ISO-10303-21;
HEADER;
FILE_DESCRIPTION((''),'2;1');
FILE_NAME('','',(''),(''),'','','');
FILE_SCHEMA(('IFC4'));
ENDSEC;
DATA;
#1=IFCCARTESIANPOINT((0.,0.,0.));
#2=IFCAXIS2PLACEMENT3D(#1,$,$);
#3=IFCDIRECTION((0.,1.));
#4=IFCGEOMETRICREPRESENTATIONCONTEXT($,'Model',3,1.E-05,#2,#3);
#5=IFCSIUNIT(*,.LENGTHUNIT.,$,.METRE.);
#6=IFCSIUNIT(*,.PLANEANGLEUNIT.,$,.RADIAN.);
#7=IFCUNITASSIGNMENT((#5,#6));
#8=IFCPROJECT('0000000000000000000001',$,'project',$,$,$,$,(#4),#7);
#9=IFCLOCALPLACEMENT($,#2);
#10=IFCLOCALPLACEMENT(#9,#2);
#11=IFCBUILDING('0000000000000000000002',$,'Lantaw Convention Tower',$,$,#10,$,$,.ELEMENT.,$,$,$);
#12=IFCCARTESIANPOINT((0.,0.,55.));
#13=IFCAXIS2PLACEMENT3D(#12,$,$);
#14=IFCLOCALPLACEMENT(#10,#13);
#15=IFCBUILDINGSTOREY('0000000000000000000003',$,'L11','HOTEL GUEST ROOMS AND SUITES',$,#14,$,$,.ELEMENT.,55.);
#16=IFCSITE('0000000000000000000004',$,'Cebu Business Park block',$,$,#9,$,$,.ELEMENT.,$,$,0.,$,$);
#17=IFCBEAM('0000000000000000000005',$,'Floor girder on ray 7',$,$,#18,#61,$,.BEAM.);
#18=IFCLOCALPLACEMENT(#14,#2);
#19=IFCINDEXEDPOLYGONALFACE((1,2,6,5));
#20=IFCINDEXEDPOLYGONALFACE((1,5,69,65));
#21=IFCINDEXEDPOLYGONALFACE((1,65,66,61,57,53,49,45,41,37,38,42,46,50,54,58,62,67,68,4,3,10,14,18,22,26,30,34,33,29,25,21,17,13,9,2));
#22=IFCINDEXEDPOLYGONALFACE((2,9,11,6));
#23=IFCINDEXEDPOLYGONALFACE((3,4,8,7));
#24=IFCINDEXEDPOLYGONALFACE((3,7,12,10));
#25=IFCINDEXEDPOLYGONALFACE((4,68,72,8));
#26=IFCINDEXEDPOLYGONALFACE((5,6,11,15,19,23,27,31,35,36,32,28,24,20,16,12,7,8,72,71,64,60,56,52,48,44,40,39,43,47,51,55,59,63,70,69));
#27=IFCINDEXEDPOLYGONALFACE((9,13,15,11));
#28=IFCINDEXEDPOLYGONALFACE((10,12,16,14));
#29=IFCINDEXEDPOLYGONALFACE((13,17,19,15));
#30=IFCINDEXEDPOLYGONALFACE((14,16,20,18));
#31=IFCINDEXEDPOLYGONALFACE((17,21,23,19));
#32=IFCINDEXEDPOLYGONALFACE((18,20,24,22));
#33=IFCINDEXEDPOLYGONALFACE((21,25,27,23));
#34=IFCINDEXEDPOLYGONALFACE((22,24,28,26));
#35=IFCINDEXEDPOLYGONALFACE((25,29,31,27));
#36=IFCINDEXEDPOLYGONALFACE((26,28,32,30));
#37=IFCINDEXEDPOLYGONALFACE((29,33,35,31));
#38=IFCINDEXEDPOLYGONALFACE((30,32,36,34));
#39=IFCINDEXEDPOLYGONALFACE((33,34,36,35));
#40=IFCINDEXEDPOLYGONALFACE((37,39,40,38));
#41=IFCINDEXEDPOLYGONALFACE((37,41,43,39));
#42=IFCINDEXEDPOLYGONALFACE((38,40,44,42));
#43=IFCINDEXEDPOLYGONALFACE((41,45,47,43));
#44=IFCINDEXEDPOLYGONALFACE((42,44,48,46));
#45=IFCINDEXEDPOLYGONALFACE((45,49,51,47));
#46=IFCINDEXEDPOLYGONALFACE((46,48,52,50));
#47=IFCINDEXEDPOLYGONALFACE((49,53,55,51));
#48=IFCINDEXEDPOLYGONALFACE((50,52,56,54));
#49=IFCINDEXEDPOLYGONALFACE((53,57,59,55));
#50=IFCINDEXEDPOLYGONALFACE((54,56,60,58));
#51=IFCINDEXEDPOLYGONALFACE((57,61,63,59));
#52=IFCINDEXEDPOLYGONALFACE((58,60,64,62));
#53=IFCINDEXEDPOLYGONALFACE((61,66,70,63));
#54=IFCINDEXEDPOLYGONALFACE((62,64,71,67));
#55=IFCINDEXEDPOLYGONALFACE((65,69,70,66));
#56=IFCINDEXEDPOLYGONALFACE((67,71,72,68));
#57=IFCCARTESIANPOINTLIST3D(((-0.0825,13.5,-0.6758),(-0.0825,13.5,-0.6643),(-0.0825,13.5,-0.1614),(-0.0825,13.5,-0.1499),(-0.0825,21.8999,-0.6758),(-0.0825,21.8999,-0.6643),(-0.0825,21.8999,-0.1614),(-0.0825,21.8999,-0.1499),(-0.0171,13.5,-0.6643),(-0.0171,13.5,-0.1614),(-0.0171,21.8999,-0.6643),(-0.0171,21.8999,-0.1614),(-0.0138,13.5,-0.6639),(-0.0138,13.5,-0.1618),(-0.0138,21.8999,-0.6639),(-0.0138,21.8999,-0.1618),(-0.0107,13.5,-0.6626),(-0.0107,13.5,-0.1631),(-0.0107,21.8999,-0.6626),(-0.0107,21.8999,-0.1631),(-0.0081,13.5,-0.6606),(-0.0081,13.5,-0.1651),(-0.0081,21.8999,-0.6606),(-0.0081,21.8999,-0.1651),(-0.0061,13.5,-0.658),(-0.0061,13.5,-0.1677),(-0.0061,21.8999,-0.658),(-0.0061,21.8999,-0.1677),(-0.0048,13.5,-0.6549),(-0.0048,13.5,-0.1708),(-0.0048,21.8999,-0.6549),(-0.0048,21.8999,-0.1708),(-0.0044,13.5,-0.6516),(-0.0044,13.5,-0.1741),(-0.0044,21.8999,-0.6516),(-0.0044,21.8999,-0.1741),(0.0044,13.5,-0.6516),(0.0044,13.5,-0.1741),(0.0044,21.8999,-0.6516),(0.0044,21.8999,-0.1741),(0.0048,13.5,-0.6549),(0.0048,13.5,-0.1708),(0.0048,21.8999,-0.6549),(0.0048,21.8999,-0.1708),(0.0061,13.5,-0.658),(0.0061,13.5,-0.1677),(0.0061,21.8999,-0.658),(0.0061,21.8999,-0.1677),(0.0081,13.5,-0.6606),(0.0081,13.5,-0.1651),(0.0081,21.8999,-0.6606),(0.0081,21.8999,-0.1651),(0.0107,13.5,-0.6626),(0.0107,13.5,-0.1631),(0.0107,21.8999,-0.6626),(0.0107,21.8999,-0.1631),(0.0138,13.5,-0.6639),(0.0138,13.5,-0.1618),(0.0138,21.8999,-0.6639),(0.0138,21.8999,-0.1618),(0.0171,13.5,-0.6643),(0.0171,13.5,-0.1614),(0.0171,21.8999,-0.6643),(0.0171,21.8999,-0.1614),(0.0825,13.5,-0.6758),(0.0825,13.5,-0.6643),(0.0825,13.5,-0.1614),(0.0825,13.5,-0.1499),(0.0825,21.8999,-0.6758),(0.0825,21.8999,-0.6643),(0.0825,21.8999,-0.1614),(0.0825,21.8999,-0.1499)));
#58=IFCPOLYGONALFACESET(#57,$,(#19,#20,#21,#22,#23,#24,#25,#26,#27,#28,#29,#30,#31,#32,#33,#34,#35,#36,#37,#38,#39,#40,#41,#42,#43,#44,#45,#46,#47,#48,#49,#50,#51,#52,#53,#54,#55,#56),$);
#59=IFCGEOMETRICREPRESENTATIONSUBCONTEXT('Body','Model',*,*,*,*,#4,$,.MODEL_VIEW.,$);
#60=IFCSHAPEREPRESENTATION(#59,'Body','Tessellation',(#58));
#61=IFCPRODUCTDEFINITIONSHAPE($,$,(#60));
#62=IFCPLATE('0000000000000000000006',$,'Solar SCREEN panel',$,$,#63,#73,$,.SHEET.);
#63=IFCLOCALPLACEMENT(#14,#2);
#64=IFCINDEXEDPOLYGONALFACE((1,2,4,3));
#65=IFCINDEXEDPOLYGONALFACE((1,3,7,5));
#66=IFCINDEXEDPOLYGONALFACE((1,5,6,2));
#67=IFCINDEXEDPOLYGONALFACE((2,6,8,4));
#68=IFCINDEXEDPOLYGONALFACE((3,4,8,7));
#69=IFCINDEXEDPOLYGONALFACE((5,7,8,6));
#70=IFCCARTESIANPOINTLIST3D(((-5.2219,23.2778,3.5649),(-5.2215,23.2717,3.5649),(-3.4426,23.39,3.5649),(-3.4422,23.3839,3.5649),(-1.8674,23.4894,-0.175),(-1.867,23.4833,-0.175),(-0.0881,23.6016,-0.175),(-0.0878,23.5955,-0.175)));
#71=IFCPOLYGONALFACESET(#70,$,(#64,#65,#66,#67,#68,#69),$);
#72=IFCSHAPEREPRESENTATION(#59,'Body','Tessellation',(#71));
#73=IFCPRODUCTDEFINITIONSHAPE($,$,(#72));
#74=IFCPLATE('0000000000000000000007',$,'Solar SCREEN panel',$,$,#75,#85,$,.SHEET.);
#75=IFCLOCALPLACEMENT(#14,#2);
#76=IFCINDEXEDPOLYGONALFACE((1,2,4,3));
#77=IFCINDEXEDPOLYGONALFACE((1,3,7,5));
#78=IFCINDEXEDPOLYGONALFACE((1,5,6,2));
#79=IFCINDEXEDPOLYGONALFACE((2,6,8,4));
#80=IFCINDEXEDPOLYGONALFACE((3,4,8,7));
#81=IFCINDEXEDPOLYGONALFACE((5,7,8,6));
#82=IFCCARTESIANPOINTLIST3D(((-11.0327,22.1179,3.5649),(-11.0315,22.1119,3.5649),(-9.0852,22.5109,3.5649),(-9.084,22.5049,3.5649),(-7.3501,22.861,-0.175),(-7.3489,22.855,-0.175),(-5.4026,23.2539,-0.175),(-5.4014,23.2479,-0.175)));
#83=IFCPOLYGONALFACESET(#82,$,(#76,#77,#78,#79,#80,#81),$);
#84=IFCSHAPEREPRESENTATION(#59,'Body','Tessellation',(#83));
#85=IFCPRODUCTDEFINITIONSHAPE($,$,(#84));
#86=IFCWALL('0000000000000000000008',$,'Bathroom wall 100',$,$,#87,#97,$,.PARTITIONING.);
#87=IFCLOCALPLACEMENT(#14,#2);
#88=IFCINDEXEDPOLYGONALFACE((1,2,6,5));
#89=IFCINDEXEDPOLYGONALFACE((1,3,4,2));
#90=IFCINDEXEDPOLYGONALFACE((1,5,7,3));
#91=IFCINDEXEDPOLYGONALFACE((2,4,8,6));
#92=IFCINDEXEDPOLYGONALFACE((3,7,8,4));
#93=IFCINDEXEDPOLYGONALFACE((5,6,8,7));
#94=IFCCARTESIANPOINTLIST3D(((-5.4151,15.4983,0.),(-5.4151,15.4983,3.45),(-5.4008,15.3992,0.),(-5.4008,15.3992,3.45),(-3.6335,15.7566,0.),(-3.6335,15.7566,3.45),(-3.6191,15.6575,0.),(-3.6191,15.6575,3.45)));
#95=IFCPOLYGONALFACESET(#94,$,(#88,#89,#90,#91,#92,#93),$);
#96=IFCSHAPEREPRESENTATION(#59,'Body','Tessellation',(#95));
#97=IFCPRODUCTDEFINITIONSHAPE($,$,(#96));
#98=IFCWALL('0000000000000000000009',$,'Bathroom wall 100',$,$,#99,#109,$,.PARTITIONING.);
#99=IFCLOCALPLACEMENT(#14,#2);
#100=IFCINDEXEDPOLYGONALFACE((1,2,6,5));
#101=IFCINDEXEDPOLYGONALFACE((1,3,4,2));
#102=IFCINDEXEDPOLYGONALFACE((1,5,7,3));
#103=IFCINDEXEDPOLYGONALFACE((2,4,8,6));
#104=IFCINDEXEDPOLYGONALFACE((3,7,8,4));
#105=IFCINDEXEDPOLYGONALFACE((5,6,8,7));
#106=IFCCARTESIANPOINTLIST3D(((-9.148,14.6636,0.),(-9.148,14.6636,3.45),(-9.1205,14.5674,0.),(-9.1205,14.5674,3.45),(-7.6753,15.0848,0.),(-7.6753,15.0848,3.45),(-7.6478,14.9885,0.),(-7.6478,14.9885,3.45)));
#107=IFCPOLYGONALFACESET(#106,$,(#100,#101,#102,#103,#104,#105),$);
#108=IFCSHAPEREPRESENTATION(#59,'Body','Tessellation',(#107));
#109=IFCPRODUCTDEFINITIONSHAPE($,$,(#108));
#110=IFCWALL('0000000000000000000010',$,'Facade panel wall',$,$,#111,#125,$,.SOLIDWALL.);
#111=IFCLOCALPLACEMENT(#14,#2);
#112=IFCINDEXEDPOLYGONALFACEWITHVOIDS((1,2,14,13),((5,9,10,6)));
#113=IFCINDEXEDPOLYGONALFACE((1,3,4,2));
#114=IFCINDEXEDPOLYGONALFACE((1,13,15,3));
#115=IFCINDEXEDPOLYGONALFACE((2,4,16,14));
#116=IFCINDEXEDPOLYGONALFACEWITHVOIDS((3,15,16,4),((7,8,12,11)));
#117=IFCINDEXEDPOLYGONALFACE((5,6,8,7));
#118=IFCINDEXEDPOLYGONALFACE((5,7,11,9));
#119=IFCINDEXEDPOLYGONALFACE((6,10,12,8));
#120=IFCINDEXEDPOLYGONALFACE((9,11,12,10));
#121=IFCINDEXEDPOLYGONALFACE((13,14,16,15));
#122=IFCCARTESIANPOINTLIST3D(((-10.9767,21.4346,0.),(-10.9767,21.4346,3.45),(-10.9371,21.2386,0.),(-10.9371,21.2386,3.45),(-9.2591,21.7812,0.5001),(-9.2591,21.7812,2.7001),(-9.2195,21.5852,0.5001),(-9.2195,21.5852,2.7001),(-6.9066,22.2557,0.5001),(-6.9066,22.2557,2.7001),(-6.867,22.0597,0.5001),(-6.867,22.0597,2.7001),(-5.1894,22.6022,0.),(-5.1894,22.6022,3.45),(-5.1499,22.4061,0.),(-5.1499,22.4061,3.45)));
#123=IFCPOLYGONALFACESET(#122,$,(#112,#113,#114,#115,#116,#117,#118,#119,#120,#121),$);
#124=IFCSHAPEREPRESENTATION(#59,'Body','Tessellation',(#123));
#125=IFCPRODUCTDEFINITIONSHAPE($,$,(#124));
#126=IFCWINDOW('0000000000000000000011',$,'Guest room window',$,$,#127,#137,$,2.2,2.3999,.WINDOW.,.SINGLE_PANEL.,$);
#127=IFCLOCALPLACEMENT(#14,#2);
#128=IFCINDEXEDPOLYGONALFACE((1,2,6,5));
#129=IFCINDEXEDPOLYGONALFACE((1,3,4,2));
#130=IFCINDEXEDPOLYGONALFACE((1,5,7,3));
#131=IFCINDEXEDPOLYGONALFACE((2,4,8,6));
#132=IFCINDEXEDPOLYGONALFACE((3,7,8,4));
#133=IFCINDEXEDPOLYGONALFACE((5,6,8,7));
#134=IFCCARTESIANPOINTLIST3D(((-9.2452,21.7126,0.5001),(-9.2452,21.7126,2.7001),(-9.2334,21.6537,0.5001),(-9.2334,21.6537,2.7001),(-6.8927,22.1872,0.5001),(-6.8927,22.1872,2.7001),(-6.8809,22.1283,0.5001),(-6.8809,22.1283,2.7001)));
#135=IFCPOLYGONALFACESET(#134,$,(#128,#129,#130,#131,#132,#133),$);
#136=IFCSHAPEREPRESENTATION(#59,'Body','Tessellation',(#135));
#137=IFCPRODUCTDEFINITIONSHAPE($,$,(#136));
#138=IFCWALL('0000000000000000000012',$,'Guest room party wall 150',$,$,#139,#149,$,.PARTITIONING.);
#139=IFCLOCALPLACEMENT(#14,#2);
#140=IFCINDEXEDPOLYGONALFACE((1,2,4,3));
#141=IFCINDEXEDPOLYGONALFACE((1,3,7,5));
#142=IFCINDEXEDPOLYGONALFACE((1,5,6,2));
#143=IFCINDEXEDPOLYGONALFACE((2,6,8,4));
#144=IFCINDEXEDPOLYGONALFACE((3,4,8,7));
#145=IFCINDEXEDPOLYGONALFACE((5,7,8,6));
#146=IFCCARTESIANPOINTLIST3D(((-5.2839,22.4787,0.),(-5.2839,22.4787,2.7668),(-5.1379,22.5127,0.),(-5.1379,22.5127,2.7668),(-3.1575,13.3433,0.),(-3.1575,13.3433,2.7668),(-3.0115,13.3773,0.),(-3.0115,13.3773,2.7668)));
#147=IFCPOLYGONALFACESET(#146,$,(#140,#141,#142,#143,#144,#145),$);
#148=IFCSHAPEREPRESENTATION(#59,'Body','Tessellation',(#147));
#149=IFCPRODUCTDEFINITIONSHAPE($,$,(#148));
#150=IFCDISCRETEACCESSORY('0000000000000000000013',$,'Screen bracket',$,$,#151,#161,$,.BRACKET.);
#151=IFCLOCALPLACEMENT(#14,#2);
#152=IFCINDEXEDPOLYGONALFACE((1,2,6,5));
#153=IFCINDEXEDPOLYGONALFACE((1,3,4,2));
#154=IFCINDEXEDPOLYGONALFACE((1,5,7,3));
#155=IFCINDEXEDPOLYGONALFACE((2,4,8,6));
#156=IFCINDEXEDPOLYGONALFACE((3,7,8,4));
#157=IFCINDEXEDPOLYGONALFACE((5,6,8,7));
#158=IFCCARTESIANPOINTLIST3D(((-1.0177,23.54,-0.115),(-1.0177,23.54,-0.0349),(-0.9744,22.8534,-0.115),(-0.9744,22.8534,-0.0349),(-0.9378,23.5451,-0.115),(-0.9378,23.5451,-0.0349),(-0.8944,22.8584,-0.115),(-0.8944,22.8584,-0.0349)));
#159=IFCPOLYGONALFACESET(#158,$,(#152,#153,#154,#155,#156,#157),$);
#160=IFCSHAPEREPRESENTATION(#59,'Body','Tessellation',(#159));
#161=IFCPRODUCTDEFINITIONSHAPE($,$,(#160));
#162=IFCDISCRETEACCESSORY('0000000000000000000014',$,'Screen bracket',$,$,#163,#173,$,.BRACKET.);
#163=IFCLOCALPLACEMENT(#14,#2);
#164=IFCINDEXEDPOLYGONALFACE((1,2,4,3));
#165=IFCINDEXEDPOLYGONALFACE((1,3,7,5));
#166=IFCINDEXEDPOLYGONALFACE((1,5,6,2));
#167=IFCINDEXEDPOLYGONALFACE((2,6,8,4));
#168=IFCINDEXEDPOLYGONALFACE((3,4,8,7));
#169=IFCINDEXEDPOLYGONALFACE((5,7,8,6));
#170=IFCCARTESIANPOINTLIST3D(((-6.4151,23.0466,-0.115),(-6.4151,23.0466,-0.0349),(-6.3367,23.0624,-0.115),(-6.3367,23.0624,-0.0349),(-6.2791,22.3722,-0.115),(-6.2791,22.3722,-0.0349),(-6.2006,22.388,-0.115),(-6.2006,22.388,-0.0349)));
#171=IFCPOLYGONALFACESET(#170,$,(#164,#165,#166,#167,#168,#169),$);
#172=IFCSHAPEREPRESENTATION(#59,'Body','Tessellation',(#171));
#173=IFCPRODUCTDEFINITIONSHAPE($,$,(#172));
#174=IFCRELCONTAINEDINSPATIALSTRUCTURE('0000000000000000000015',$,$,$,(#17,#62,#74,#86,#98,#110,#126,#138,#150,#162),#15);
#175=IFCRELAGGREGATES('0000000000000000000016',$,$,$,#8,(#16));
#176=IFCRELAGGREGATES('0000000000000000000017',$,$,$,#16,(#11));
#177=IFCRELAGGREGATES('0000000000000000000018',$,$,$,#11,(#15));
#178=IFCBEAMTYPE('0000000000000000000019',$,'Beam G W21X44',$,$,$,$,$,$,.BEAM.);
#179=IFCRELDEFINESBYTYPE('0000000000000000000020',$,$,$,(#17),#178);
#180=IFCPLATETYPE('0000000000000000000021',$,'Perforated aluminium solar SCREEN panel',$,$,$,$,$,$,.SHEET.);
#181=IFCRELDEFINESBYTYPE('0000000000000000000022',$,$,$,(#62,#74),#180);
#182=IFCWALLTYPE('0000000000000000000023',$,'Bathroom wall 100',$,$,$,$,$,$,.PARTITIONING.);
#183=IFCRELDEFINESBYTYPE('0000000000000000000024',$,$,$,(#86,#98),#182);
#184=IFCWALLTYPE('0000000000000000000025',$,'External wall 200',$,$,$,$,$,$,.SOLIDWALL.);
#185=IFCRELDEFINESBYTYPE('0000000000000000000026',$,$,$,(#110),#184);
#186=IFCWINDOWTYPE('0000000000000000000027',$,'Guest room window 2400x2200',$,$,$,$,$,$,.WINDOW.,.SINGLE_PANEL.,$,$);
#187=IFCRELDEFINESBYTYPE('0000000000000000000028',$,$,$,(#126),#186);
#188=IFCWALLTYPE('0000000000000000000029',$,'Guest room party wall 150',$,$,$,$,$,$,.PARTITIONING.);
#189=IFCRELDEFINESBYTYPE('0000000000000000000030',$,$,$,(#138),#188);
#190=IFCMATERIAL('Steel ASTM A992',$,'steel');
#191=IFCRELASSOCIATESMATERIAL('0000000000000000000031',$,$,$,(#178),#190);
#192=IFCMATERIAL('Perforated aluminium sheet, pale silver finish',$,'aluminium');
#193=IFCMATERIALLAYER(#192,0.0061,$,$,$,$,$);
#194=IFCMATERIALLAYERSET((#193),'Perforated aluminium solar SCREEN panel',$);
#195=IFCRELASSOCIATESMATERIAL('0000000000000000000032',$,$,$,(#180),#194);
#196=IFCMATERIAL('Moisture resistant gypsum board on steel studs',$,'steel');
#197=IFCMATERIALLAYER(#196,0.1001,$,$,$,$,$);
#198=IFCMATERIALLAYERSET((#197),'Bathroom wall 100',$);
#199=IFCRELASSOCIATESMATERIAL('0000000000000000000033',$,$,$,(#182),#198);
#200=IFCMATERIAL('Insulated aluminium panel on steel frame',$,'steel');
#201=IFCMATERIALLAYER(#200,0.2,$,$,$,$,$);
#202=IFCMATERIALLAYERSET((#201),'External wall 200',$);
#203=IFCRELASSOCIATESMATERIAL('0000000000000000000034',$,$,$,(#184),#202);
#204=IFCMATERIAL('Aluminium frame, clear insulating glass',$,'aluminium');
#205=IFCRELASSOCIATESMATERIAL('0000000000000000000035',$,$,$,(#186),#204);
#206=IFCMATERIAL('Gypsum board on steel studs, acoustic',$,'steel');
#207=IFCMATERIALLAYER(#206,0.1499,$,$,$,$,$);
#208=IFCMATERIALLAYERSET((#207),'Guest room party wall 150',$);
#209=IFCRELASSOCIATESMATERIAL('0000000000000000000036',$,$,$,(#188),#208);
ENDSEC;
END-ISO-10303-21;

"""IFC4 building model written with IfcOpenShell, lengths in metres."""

from ifc_helpers import new_model, si_unit, direction, frame, frame_2d, origin, origin_2d, place, context, subcontext, project, spatial, polyline, rectangle, i_section, outline, extrude, material, layer, layer_set, material_profile, profile_set, type_object, element, fill, save


model = new_model("IFC4")

# Units and contexts
model_context = context("Model", 3, precision=1e-05, world=origin(), true_north=direction((0.0, 1.0)))
body_context = subcontext(model_context, "Body", "Model", "MODEL_VIEW")
ifc_project = project(units=[si_unit("LENGTHUNIT", "METRE"), si_unit("PLANEANGLEUNIT", "RADIAN")], contexts=[model_context])

# Site, building, storey
site_placement = place(None, origin())
site = spatial("IfcSite", under=ifc_project, at=site_placement, Name="Cebu Business Park block", CompositionType="ELEMENT", RefElevation=0.0)
building_placement = place(site_placement, origin())
building = spatial("IfcBuilding", under=site, at=building_placement, Name="Lantaw Convention Tower", CompositionType="ELEMENT")
storey_placement = place(building_placement, frame((0.0, 0.0, 55.0)))
storey = spatial("IfcBuildingStorey", under=building, at=storey_placement, Name="L11", Description="HOTEL GUEST ROOMS AND SUITES", CompositionType="ELEMENT", Elevation=55.0)

# Beam
ifc_material_1 = material(Name="Steel ASTM A992", Category="steel")
ifc_material_profile_1 = material_profile(ifc_material_1, i_section(OverallWidth=0.165, OverallDepth=0.5259, WebThickness=0.0088, FlangeThickness=0.0115, FilletRadius=0.0127, at=origin_2d()), Name="W21X44")
ifc_profile_set_1 = profile_set([ifc_material_profile_1], Name="Steel ASTM A992")
beam_type_1 = type_object("IfcBeamType", Name="Beam G W21X44", PredefinedType="BEAM", material=ifc_profile_set_1)
beam_1_placement = place(storey_placement, frame((0.0, 13.5, -0.4128), z_axis=(0.0, 1.0, 0.0), x_axis=(-1.0, 0.0, 0.0)))
element("IfcBeam", 1, at=beam_1_placement, inside=storey, type_object=beam_type_1, Name="Floor girder on ray 7", PredefinedType="BEAM", context=body_context, shape_type="SweptSolid", body=[
    extrude(i_section(OverallWidth=0.165, OverallDepth=0.5259, WebThickness=0.0088, FlangeThickness=0.0115, FilletRadius=0.0127, at=origin_2d()), origin(), (0.0, 0.0, 1.0), 8.3999),
])

# Plates
ifc_material_2 = material(Name="Perforated aluminium sheet, pale silver finish", Category="aluminium")
ifc_layer_1 = layer(ifc_material_2, 0.0061)
ifc_layer_set_1 = layer_set([ifc_layer_1], Name="Perforated aluminium solar SCREEN panel")
plate_type = type_object("IfcPlateType", Name="Perforated aluminium solar SCREEN panel", PredefinedType="SHEET", material=ifc_layer_set_1)
plate_1_placement = place(storey_placement, frame((-0.0881, 23.6016, -0.175), z_axis=(-0.062924, 0.998018, 0.000014), x_axis=(-0.998018, -0.062924, 0.0)))
element("IfcPlate", 2, at=plate_1_placement, inside=storey, type_object=plate_type, Name="Solar SCREEN panel", PredefinedType="SHEET", context=body_context, shape_type="SweptSolid", body=[
    extrude(outline(polyline([(0.0, 0.0), (1.7828, 0.0), (5.144, 3.74), (3.3611, 3.74), (0.0, 0.0)])), origin(), (0.0, 0.0, -1.0), 0.0061),
])
plate_2_placement = place(storey_placement, frame((-5.4026, 23.2539, -0.175), z_axis=(-0.197782, 0.980246, 0.000002), x_axis=(-0.980246, -0.197782, 0.0)))
element("IfcPlate", 3, at=plate_2_placement, inside=storey, type_object=plate_type, Name="Solar SCREEN panel", PredefinedType="SHEET", context=body_context, shape_type="SweptSolid", body=[
    extrude(outline(polyline([(0.0, 0.0), (1.9867, 0.0), (5.7436, 3.74), (3.7568, 3.74), (0.0, 0.0)])), origin(), (0.0, 0.0, -1.0), 0.0061),
])

# Walls
ifc_material_3 = material(Name="Moisture resistant gypsum board on steel studs", Category="steel")
ifc_layer_2 = layer(ifc_material_3, 0.1001)
ifc_layer_set_2 = layer_set([ifc_layer_2], Name="Bathroom wall 100")
wall_type_1 = type_object("IfcWallType", Name="Bathroom wall 100", PredefinedType="PARTITIONING", material=ifc_layer_set_2)
wall_1_placement = place(storey_placement, frame((-5.408, 15.4487, 0.0), z_axis=(0.0, 0.0, 1.0), x_axis=(0.989654, 0.143471, 0.0)))
element("IfcWall", 4, at=wall_1_placement, inside=storey, type_object=wall_type_1, Name="Bathroom wall 100", PredefinedType="PARTITIONING", context=body_context, shape_type="SweptSolid", body=[
    extrude(rectangle(XDim=1.8003, YDim=0.1001, at=frame_2d((0.9001, 0.0))), origin(), (0.0, 0.0, 1.0), 3.45),
])
wall_2_placement = place(storey_placement, frame((-9.1343, 14.6155, 0.0), z_axis=(0.0, 0.0, 1.0), x_axis=(0.961458, 0.274953, 0.0)))
element("IfcWall", 5, at=wall_2_placement, inside=storey, type_object=wall_type_1, Name="Bathroom wall 100", PredefinedType="PARTITIONING", context=body_context, shape_type="SweptSolid", body=[
    extrude(rectangle(XDim=1.5317, YDim=0.1001, at=frame_2d((0.7659, 0.0))), origin(), (0.0, 0.0, 1.0), 3.45),
])

# Wall, opening, window
ifc_material_4 = material(Name="Insulated aluminium panel on steel frame", Category="steel")
ifc_layer_3 = layer(ifc_material_4, 0.2)
ifc_layer_set_3 = layer_set([ifc_layer_3], Name="External wall 200")
wall_type_2 = type_object("IfcWallType", Name="External wall 200", PredefinedType="SOLIDWALL", material=ifc_layer_set_3)
wall_3_placement = place(storey_placement, frame((-5.1697, 22.5042, 0.0), z_axis=(0.0, 0.0, 1.0), x_axis=(-0.980252, -0.197754, 0.0)))
wall_3 = element("IfcWall", 6, at=wall_3_placement, inside=storey, type_object=wall_type_2, Name="Facade panel wall", PredefinedType="SOLIDWALL", context=body_context, shape_type="SweptSolid", body=[
    extrude(rectangle(XDim=5.9038, YDim=0.2, at=frame_2d((2.9519, 0.0))), origin(), (0.0, 0.0, 1.0), 3.45),
])
opening_placement = place(wall_3_placement, frame((1.7517, 0.0, 0.5)))
opening = element("IfcOpeningElement", 7, at=opening_placement, cuts=wall_3, PredefinedType="OPENING", context=body_context, shape_type="SweptSolid", body=[
    extrude(rectangle(XDim=2.3999, YDim=2.2, at=frame_2d((1.2, 1.1001))), frame((0.0, 0.1099, 0.0), z_axis=(0.0, -1.0, 0.0), x_axis=(1.0, 0.0, 0.0)), (0.0, 0.0, 1.0), 0.22),
])
ifc_material_5 = material(Name="Aluminium frame, clear insulating glass", Category="aluminium")
window_type = type_object("IfcWindowType", Name="Guest room window 2400x2200", PartitioningType="SINGLE_PANEL", PredefinedType="WINDOW", material=ifc_material_5)
window_placement = place(opening_placement, origin())
window = element("IfcWindow", 8, at=window_placement, inside=storey, type_object=window_type, Name="Guest room window", OverallHeight=2.2, OverallWidth=2.3999, PartitioningType="SINGLE_PANEL", PredefinedType="WINDOW", context=body_context, shape_type="SweptSolid", body=[
    extrude(rectangle(XDim=2.3999, YDim=2.2, at=frame_2d((1.2, 1.1001))), frame((0.0, 0.03, 0.0), z_axis=(0.0, -1.0, 0.0), x_axis=(1.0, 0.0, 0.0)), (0.0, 0.0, 1.0), 0.0601),
])
fill(opening, window)

# Wall
ifc_material_6 = material(Name="Gypsum board on steel studs, acoustic", Category="steel")
ifc_layer_4 = layer(ifc_material_6, 0.1499)
ifc_layer_set_4 = layer_set([ifc_layer_4], Name="Guest room party wall 150")
wall_type_3 = type_object("IfcWallType", Name="Guest room party wall 150", PredefinedType="PARTITIONING", material=ifc_layer_set_4)
wall_4_placement = place(storey_placement, frame((-5.2109, 22.4958, 0.0), z_axis=(0.0, 0.0, 1.0), x_axis=(0.226709, -0.973963, 0.0)))
element("IfcWall", 9, at=wall_4_placement, inside=storey, type_object=wall_type_3, Name="Guest room party wall 150", PredefinedType="PARTITIONING", context=body_context, shape_type="SweptSolid", body=[
    extrude(rectangle(XDim=9.3796, YDim=0.1499, at=frame_2d((4.6899, 0.0))), origin(), (0.0, 0.0, 1.0), 2.7668),
])

# Discrete accessories
for number, where, z_axis, x_axis, name in (
    (10, (-0.9561, 23.1992, -0.115), (0.0, 0.0, 1.0), (-0.998016, -0.062958, 0.0), "Screen bracket"),
    (11, (-6.3079, 22.7173, -0.115), (0.0, 0.0, 1.0), (-0.980245, -0.197789, 0.0), "Screen bracket"),
):
    element("IfcDiscreteAccessory", number, at=place(storey_placement, frame(where, z_axis=z_axis, x_axis=x_axis)), inside=storey, Name=name, PredefinedType="BRACKET", context=body_context, shape_type="SweptSolid", body=[
        extrude(rectangle(XDim=0.0801, YDim=0.688, at=origin_2d()), origin(), (0.0, 0.0, 1.0), 0.0801),
    ])

save(model, "model.ifc")
